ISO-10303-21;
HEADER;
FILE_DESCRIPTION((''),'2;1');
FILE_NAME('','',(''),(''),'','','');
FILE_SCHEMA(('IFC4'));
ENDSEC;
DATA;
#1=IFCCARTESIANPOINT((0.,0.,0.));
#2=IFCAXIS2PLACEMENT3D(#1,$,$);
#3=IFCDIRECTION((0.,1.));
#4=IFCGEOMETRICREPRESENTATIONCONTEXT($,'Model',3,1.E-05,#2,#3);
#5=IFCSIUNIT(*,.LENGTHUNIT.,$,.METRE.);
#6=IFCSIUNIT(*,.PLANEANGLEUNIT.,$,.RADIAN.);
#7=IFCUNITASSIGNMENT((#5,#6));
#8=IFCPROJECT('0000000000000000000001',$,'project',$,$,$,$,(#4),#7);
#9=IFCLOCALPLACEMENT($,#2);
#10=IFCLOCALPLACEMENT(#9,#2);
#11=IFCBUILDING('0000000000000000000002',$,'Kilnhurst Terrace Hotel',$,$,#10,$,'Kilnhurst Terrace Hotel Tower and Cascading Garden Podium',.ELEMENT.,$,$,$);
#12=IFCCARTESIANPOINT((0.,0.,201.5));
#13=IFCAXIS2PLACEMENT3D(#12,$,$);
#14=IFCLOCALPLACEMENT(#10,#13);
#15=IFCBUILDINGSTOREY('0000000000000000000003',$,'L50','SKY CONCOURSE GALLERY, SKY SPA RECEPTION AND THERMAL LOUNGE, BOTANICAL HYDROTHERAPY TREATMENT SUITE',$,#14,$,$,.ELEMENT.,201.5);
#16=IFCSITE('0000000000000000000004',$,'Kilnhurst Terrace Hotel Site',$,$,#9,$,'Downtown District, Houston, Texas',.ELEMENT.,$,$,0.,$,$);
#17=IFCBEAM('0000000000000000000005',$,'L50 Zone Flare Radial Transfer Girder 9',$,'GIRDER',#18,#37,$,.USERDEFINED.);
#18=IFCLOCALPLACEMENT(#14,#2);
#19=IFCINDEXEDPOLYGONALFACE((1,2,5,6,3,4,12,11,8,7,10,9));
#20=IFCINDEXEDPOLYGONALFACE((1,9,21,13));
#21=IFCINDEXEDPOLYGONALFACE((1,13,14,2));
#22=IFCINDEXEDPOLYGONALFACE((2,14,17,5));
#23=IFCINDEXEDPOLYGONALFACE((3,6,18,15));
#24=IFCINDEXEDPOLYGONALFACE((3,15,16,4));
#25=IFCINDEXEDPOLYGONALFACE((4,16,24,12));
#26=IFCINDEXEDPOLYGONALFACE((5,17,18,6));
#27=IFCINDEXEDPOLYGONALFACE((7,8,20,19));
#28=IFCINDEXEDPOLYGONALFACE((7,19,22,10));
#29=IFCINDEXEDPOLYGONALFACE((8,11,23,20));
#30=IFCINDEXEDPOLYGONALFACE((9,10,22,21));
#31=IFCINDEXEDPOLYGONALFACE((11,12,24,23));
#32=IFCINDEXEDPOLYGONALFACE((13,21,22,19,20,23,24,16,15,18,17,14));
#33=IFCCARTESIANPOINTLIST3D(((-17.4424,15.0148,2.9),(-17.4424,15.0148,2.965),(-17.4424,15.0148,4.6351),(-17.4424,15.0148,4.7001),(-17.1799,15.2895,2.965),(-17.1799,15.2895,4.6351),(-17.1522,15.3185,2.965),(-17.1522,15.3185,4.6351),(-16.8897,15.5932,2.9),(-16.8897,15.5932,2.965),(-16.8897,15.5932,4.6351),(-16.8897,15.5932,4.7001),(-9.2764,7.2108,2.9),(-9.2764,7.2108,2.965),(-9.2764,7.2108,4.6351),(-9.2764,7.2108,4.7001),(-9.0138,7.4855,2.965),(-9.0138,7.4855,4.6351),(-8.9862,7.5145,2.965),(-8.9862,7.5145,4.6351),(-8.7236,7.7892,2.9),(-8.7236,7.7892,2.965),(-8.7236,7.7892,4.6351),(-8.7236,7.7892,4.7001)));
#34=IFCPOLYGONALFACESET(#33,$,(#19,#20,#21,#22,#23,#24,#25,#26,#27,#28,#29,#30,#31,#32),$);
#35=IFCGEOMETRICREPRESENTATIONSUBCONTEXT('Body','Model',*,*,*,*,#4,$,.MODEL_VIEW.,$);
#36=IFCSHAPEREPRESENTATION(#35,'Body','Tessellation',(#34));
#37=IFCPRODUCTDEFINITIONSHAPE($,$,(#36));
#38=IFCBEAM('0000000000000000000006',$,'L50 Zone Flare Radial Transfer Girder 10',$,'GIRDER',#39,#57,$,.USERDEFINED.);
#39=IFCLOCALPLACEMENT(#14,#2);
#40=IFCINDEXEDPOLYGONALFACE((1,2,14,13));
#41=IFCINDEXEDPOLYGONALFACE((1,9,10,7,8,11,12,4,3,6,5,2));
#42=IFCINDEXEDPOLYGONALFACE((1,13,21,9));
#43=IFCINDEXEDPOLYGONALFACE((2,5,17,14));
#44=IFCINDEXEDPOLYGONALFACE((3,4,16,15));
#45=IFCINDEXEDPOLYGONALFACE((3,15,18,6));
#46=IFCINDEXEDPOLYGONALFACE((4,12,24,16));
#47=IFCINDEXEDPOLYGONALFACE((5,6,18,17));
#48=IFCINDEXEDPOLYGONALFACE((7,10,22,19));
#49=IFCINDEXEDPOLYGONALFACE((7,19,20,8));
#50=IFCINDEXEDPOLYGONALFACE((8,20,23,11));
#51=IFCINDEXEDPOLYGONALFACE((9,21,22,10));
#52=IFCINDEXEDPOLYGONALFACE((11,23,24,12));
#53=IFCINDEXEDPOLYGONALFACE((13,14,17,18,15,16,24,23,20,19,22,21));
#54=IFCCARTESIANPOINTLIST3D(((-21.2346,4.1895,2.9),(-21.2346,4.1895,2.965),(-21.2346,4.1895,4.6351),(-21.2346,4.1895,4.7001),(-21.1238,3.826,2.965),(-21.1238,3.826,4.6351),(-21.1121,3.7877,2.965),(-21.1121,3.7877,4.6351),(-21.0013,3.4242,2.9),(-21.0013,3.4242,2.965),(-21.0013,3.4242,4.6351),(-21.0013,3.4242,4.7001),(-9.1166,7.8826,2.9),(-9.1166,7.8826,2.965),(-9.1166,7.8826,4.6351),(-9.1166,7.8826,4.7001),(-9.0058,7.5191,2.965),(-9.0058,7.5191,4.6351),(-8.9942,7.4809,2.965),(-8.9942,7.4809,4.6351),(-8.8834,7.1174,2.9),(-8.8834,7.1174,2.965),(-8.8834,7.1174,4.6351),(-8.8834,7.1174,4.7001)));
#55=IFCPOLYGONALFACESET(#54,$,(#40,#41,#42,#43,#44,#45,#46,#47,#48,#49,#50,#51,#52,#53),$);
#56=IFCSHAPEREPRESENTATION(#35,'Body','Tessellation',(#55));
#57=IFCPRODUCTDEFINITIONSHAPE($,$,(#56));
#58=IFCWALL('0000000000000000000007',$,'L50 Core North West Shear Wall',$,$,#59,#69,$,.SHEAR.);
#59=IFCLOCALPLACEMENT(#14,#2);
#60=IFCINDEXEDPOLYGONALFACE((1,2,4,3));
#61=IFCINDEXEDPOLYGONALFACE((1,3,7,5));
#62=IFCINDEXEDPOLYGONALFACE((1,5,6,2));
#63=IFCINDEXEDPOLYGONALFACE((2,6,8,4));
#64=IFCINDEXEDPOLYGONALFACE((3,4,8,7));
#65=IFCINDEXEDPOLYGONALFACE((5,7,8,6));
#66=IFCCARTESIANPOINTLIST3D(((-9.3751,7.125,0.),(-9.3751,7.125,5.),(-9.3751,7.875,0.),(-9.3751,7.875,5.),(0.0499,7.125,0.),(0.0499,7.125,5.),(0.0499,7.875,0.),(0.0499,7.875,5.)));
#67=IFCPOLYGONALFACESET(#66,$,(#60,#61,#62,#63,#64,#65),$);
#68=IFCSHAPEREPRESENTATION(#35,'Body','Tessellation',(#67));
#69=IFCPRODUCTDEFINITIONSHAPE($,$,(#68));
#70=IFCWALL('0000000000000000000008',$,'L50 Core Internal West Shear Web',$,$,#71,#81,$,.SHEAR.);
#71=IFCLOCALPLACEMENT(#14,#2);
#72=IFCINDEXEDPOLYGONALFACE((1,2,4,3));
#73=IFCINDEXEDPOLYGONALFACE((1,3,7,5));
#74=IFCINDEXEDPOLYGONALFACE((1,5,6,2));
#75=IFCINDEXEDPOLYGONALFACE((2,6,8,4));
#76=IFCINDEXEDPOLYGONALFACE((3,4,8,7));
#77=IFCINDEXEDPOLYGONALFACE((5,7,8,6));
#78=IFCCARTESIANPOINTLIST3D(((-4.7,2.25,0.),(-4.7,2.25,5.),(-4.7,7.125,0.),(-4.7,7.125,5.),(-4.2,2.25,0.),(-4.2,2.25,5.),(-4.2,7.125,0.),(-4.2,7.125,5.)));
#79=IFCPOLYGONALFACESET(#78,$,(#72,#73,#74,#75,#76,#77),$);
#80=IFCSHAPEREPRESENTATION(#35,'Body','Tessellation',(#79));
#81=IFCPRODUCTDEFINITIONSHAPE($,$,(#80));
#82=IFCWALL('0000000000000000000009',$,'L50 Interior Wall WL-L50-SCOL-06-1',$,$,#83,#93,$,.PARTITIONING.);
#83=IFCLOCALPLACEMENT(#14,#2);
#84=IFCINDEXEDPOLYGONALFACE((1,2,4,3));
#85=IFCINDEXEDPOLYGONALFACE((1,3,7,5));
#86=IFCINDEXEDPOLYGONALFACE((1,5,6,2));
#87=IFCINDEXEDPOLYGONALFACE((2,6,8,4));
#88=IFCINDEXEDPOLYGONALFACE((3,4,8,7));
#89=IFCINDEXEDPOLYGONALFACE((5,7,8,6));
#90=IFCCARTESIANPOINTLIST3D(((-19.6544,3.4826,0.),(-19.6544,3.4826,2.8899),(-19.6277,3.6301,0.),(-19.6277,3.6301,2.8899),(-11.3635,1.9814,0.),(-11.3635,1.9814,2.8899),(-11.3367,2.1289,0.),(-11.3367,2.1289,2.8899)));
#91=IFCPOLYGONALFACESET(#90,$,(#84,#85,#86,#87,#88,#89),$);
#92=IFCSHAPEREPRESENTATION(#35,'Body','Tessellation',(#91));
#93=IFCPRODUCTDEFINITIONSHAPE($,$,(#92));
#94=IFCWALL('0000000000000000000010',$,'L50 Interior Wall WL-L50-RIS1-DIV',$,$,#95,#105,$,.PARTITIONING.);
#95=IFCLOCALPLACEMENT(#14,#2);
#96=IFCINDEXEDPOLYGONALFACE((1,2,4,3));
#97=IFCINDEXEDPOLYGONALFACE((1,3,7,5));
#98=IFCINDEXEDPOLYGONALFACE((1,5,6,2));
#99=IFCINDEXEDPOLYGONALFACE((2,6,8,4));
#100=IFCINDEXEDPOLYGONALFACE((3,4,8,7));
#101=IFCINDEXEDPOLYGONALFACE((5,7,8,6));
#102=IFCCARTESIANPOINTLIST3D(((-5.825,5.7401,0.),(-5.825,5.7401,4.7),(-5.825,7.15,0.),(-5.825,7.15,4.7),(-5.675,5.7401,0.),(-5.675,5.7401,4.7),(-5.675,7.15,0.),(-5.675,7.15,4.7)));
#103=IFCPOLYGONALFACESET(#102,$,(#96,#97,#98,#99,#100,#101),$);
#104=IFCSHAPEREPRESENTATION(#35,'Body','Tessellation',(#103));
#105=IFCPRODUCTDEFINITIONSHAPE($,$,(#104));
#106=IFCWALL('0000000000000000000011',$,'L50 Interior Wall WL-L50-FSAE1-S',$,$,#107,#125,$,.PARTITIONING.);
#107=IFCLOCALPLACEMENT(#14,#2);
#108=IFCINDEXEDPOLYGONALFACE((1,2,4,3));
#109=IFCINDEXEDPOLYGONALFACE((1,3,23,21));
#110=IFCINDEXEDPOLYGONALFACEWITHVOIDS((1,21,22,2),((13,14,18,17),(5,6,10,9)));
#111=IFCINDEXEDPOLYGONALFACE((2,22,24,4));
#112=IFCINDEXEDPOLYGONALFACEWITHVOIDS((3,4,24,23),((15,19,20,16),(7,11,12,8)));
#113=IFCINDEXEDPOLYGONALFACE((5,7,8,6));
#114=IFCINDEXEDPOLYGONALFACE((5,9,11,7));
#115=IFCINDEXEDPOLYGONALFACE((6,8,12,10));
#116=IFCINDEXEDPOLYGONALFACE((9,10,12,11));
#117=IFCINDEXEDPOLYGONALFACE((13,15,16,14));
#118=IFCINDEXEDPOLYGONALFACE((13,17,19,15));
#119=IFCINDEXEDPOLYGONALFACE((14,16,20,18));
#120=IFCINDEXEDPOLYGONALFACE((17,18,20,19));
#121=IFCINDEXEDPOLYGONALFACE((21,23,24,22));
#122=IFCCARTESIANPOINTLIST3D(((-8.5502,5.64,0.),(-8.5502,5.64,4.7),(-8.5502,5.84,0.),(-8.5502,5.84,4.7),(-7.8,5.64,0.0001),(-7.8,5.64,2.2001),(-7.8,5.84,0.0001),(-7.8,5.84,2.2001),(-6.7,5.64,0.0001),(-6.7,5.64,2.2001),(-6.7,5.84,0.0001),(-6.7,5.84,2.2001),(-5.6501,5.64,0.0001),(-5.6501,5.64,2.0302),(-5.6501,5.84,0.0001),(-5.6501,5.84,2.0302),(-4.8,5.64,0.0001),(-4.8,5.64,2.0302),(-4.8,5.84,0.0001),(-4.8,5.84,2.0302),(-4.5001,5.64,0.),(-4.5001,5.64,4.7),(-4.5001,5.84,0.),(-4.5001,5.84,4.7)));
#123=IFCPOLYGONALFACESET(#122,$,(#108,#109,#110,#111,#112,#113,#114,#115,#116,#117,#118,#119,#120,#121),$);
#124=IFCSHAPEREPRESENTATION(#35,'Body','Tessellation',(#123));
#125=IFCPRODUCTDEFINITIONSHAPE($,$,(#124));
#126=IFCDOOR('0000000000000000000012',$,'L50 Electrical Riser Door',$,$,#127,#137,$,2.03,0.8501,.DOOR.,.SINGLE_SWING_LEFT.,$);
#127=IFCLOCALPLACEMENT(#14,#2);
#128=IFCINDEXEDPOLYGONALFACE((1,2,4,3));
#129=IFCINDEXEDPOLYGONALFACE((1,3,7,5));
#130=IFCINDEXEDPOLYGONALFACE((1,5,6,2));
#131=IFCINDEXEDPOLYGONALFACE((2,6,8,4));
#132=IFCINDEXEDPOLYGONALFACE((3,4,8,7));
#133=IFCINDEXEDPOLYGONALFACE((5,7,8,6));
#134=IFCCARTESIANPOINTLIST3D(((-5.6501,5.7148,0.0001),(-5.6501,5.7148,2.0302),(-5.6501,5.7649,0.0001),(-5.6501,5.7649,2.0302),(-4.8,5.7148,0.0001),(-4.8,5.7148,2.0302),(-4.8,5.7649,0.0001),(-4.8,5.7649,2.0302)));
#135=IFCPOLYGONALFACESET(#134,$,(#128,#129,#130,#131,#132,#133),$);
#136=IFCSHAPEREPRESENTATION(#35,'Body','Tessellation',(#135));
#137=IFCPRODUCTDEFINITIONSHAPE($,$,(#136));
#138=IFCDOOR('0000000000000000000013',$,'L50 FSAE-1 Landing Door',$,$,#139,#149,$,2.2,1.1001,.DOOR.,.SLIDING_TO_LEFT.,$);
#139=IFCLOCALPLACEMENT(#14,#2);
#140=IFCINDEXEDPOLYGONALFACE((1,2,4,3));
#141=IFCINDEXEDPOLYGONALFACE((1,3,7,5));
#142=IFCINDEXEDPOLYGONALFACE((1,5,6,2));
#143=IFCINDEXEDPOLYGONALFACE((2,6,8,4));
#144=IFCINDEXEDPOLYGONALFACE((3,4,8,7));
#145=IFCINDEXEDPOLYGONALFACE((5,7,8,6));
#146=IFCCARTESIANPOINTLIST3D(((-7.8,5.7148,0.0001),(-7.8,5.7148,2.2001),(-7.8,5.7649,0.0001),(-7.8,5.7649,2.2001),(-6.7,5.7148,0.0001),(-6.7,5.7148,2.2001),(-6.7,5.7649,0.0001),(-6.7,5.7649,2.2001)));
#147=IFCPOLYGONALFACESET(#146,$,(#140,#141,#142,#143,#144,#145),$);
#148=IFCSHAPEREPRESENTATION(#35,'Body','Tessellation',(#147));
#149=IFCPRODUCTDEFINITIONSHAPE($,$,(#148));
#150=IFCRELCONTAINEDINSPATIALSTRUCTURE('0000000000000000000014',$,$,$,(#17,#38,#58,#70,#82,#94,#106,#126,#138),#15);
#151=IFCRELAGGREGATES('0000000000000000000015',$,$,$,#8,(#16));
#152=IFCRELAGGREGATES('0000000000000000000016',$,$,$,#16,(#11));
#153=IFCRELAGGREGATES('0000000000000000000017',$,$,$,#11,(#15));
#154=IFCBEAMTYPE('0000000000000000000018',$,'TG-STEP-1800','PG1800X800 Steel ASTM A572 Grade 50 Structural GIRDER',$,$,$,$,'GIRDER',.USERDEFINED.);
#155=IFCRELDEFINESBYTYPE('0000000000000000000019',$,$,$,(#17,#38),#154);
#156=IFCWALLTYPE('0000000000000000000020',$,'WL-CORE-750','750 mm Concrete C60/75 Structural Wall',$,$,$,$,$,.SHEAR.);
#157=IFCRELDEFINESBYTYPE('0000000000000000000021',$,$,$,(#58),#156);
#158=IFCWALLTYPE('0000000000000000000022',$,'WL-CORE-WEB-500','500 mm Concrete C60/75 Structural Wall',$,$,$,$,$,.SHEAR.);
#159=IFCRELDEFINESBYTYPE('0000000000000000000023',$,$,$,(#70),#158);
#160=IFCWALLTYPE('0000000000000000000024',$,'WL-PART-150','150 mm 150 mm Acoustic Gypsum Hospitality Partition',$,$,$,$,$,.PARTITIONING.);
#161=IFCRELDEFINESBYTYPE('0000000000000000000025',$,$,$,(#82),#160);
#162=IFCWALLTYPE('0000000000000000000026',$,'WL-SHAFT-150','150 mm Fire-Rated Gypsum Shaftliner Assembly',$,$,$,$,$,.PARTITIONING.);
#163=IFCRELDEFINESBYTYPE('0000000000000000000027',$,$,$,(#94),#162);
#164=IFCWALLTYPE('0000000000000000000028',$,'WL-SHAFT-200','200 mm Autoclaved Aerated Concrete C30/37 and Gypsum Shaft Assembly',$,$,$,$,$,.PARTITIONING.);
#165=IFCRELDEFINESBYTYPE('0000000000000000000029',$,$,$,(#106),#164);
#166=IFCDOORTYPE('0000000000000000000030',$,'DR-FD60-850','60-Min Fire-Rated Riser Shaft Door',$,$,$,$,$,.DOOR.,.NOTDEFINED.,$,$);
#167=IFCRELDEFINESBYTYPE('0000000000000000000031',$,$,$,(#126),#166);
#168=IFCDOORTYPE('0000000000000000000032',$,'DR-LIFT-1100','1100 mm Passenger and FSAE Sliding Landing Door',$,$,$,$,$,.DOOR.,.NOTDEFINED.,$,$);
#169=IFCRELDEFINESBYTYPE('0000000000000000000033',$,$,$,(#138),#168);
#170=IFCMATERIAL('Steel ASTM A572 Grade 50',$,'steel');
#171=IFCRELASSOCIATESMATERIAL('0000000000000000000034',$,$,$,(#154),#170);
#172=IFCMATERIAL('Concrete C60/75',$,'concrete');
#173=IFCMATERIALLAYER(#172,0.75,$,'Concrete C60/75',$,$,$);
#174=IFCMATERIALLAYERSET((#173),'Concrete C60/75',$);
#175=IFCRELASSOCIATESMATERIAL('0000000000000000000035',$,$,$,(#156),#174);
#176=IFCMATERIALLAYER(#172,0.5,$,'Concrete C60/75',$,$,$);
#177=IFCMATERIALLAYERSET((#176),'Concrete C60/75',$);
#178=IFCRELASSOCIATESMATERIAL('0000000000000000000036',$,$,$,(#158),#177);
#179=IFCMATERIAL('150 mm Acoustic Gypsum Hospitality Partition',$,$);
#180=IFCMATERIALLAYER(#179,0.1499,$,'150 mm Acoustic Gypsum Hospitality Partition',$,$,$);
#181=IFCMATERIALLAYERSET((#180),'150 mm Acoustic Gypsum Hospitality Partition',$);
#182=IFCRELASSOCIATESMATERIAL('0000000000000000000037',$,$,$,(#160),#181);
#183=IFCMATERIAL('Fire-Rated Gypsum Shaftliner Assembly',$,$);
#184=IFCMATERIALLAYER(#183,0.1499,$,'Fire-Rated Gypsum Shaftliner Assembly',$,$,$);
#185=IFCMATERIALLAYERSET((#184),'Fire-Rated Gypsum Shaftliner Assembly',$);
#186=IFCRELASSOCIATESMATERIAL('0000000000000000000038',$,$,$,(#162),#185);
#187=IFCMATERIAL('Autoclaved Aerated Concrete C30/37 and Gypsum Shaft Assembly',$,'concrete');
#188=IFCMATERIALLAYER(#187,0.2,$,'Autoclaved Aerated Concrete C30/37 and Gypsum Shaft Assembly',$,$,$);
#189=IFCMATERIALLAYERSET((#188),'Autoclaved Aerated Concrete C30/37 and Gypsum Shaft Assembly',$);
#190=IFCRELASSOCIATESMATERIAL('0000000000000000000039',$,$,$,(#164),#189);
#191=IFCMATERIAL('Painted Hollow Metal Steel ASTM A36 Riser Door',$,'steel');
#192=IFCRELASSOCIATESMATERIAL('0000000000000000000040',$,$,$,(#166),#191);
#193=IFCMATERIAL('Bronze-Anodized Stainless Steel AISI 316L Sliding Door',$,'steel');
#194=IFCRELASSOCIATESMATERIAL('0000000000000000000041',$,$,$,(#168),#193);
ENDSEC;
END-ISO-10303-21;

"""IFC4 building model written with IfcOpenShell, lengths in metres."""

from ifc_helpers import new_model, si_unit, direction, frame, frame_2d, origin, origin_2d, place, context, subcontext, project, spatial, rectangle, i_section, extrude, material, layer, layer_set, material_profile, profile_set, type_object, element, fill, save


model = new_model("IFC4")

# Units and contexts
model_context = context("Model", 3, precision=1e-05, world=origin(), true_north=direction((0.0, 1.0)))
body_context = subcontext(model_context, "Body", "Model", "MODEL_VIEW")
ifc_project = project(units=[si_unit("LENGTHUNIT", "METRE"), si_unit("PLANEANGLEUNIT", "RADIAN")], contexts=[model_context])

# Site, building, storey
site_placement = place(None, origin())
site = spatial("IfcSite", under=ifc_project, at=site_placement, Name="Kilnhurst Terrace Hotel Site", LongName="Downtown District, Houston, Texas", CompositionType="ELEMENT", RefElevation=0.0)
building_placement = place(site_placement, origin())
building = spatial("IfcBuilding", under=site, at=building_placement, Name="Kilnhurst Terrace Hotel", LongName="Kilnhurst Terrace Hotel Tower and Cascading Garden Podium", CompositionType="ELEMENT")
storey_placement = place(building_placement, frame((0.0, 0.0, 201.5)))
storey = spatial("IfcBuildingStorey", under=building, at=storey_placement, Name="L50", Description="SKY CONCOURSE GALLERY, SKY SPA RECEPTION AND THERMAL LOUNGE, BOTANICAL HYDROTHERAPY TREATMENT SUITE", CompositionType="ELEMENT", Elevation=201.5)

# Beams
ifc_material_1 = material(Name="Steel ASTM A572 Grade 50", Category="steel")
ifc_material_profile_1 = material_profile(ifc_material_1, i_section(OverallWidth=0.8, OverallDepth=1.8, WebThickness=0.04, FlangeThickness=0.0649, at=origin_2d()), Name="PG1800X800")
ifc_profile_set_1 = profile_set([ifc_material_profile_1], Name="Steel ASTM A572 Grade 50")
beam_type_1 = type_object("IfcBeamType", Name="TG-STEP-1800", Description="PG1800X800 Steel ASTM A572 Grade 50 Structural GIRDER", ElementType="GIRDER", PredefinedType="USERDEFINED", material=ifc_profile_set_1)
beam_1_placement = place(storey_placement, frame((-9.0, 7.5, 3.8), z_axis=(-0.722952, 0.690898, 0.0), x_axis=(-0.690898, -0.722952, 0.0)))
element("IfcBeam", 1, at=beam_1_placement, inside=storey, type_object=beam_type_1, Name="L50 Zone Flare Radial Transfer Girder 9", ObjectType="GIRDER", PredefinedType="USERDEFINED", context=body_context, shape_type="SweptSolid", body=[
    extrude(i_section(OverallWidth=0.8, OverallDepth=1.8, WebThickness=0.04, FlangeThickness=0.0649, at=origin_2d()), origin(), (0.0, 0.0, 1.0), 11.2954),
])
beam_2_placement = place(storey_placement, frame((-9.0, 7.5, 3.8), z_axis=(-0.956563, -0.291527, 0.0), x_axis=(0.291527, -0.956563, 0.0)))
element("IfcBeam", 2, at=beam_2_placement, inside=storey, type_object=beam_type_1, Name="L50 Zone Flare Radial Transfer Girder 10", ObjectType="GIRDER", PredefinedType="USERDEFINED", context=body_context, shape_type="SweptSolid", body=[
    extrude(i_section(OverallWidth=0.8, OverallDepth=1.8, WebThickness=0.04, FlangeThickness=0.0649, at=origin_2d()), origin(), (0.0, 0.0, 1.0), 12.6682),
])

# Walls
ifc_material_2 = material(Name="Concrete C60/75", Category="concrete")
ifc_layer_1 = layer(ifc_material_2, 0.75, Name="Concrete C60/75")
ifc_layer_set_1 = layer_set([ifc_layer_1], Name="Concrete C60/75")
wall_type_1 = type_object("IfcWallType", Name="WL-CORE-750", Description="750 mm Concrete C60/75 Structural Wall", PredefinedType="SHEAR", material=ifc_layer_set_1)
wall_1_placement = place(storey_placement, frame((-9.375, 7.5, 0.0), z_axis=(0.0, 0.0, 1.0), x_axis=(1.0, 0.0, 0.0)))
element("IfcWall", 3, at=wall_1_placement, inside=storey, type_object=wall_type_1, Name="L50 Core North West Shear Wall", PredefinedType="SHEAR", context=body_context, shape_type="SweptSolid", body=[
    extrude(rectangle(XDim=9.425, YDim=0.75, at=frame_2d((4.7124, 0.0))), origin(), (0.0, 0.0, 1.0), 5.0),
])
ifc_layer_2 = layer(ifc_material_2, 0.5, Name="Concrete C60/75")
ifc_layer_set_2 = layer_set([ifc_layer_2], Name="Concrete C60/75")
wall_type_2 = type_object("IfcWallType", Name="WL-CORE-WEB-500", Description="500 mm Concrete C60/75 Structural Wall", PredefinedType="SHEAR", material=ifc_layer_set_2)
wall_2_placement = place(storey_placement, frame((-4.45, 2.25, 0.0), z_axis=(0.0, 0.0, 1.0), x_axis=(0.0, 1.0, 0.0)))
element("IfcWall", 4, at=wall_2_placement, inside=storey, type_object=wall_type_2, Name="L50 Core Internal West Shear Web", PredefinedType="SHEAR", context=body_context, shape_type="SweptSolid", body=[
    extrude(rectangle(XDim=4.875, YDim=0.5, at=frame_2d((2.4375, 0.0))), origin(), (0.0, 0.0, 1.0), 5.0),
])
ifc_material_3 = material(Name="150 mm Acoustic Gypsum Hospitality Partition")
ifc_layer_3 = layer(ifc_material_3, 0.1499, Name="150 mm Acoustic Gypsum Hospitality Partition")
ifc_layer_set_3 = layer_set([ifc_layer_3], Name="150 mm Acoustic Gypsum Hospitality Partition")
wall_type_3 = type_object("IfcWallType", Name="WL-PART-150", Description="150 mm 150 mm Acoustic Gypsum Hospitality Partition", PredefinedType="PARTITIONING", material=ifc_layer_set_3)
wall_3_placement = place(storey_placement, frame((-11.3501, 2.0552, 0.0), z_axis=(0.0, 0.0, 1.0), x_axis=(-0.984, 0.178169, 0.0)))
element("IfcWall", 5, at=wall_3_placement, inside=storey, type_object=wall_type_3, Name="L50 Interior Wall WL-L50-SCOL-06-1", PredefinedType="PARTITIONING", context=body_context, shape_type="SweptSolid", body=[
    extrude(rectangle(XDim=8.4258, YDim=0.1499, at=frame_2d((4.2129, 0.0))), origin(), (0.0, 0.0, 1.0), 2.8899),
])
ifc_material_4 = material(Name="Fire-Rated Gypsum Shaftliner Assembly")
ifc_layer_4 = layer(ifc_material_4, 0.1499, Name="Fire-Rated Gypsum Shaftliner Assembly")
ifc_layer_set_4 = layer_set([ifc_layer_4], Name="Fire-Rated Gypsum Shaftliner Assembly")
wall_type_4 = type_object("IfcWallType", Name="WL-SHAFT-150", Description="150 mm Fire-Rated Gypsum Shaftliner Assembly", PredefinedType="PARTITIONING", material=ifc_layer_set_4)
wall_4_placement = place(storey_placement, frame((-5.75, 5.74, 0.0), z_axis=(0.0, 0.0, 1.0), x_axis=(0.0, 1.0, 0.0)))
element("IfcWall", 6, at=wall_4_placement, inside=storey, type_object=wall_type_4, Name="L50 Interior Wall WL-L50-RIS1-DIV", PredefinedType="PARTITIONING", context=body_context, shape_type="SweptSolid", body=[
    extrude(rectangle(XDim=1.4099, YDim=0.1499, at=frame_2d((0.7051, 0.0))), origin(), (0.0, 0.0, 1.0), 4.7),
])

# Wall, openings, doors
ifc_material_5 = material(Name="Autoclaved Aerated Concrete C30/37 and Gypsum Shaft Assembly", Category="concrete")
ifc_layer_5 = layer(ifc_material_5, 0.2, Name="Autoclaved Aerated Concrete C30/37 and Gypsum Shaft Assembly")
ifc_layer_set_5 = layer_set([ifc_layer_5], Name="Autoclaved Aerated Concrete C30/37 and Gypsum Shaft Assembly")
wall_type_5 = type_object("IfcWallType", Name="WL-SHAFT-200", Description="200 mm Autoclaved Aerated Concrete C30/37 and Gypsum Shaft Assembly", PredefinedType="PARTITIONING", material=ifc_layer_set_5)
wall_5_placement = place(storey_placement, frame((-8.55, 5.74, 0.0), z_axis=(0.0, 0.0, 1.0), x_axis=(1.0, 0.0, 0.0)))
wall_5 = element("IfcWall", 7, at=wall_5_placement, inside=storey, type_object=wall_type_5, Name="L50 Interior Wall WL-L50-FSAE1-S", PredefinedType="PARTITIONING", context=body_context, shape_type="SweptSolid", body=[
    extrude(rectangle(XDim=4.05, YDim=0.2, at=frame_2d((2.0249, 0.0))), origin(), (0.0, 0.0, 1.0), 4.7),
])
opening_1_placement = place(wall_5_placement, frame((0.75, 0.0, 0.0)))
opening_1 = element("IfcOpeningElement", 8, at=opening_1_placement, cuts=wall_5, PredefinedType="OPENING", context=body_context, shape_type="SweptSolid", body=[
    extrude(rectangle(XDim=1.1001, YDim=2.2, at=frame_2d((0.55, 1.1001))), frame((0.0, 0.1099, 0.0), z_axis=(0.0, -1.0, 0.0), x_axis=(1.0, 0.0, 0.0)), (0.0, 0.0, 1.0), 0.22),
])
opening_2_placement = place(wall_5_placement, frame((2.8999, 0.0, 0.0)))
opening_2 = element("IfcOpeningElement", 9, at=opening_2_placement, cuts=wall_5, PredefinedType="OPENING", context=body_context, shape_type="SweptSolid", body=[
    extrude(rectangle(XDim=0.8501, YDim=2.03, at=frame_2d((0.425, 1.0151))), frame((0.0, 0.1099, 0.0), z_axis=(0.0, -1.0, 0.0), x_axis=(1.0, 0.0, 0.0)), (0.0, 0.0, 1.0), 0.22),
])
ifc_material_6 = material(Name="Painted Hollow Metal Steel ASTM A36 Riser Door", Category="steel")
door_type_1 = type_object("IfcDoorType", Name="DR-FD60-850", Description="60-Min Fire-Rated Riser Shaft Door", OperationType="NOTDEFINED", PredefinedType="DOOR", material=ifc_material_6)
door_1_placement = place(opening_2_placement, origin())
door_1 = element("IfcDoor", 10, at=door_1_placement, inside=storey, type_object=door_type_1, Name="L50 Electrical Riser Door", OperationType="SINGLE_SWING_LEFT", OverallHeight=2.03, OverallWidth=0.8501, PredefinedType="DOOR", context=body_context, shape_type="SweptSolid", body=[
    extrude(rectangle(XDim=0.8501, YDim=2.03, at=frame_2d((0.425, 1.0151))), frame((0.0, 0.0249, 0.0), z_axis=(0.0, -1.0, 0.0), x_axis=(1.0, 0.0, 0.0)), (0.0, 0.0, 1.0), 0.05),
])
fill(opening_2, door_1)
ifc_material_7 = material(Name="Bronze-Anodized Stainless Steel AISI 316L Sliding Door", Category="steel")
door_type_2 = type_object("IfcDoorType", Name="DR-LIFT-1100", Description="1100 mm Passenger and FSAE Sliding Landing Door", OperationType="NOTDEFINED", PredefinedType="DOOR", material=ifc_material_7)
door_2_placement = place(opening_1_placement, origin())
door_2 = element("IfcDoor", 11, at=door_2_placement, inside=storey, type_object=door_type_2, Name="L50 FSAE-1 Landing Door", OperationType="SLIDING_TO_LEFT", OverallHeight=2.2, OverallWidth=1.1001, PredefinedType="DOOR", context=body_context, shape_type="SweptSolid", body=[
    extrude(rectangle(XDim=1.1001, YDim=2.2, at=frame_2d((0.55, 1.1001))), frame((0.0, 0.0249, 0.0), z_axis=(0.0, -1.0, 0.0), x_axis=(1.0, 0.0, 0.0)), (0.0, 0.0, 1.0), 0.05),
])
fill(opening_1, door_2)

save(model, "model.ifc")
